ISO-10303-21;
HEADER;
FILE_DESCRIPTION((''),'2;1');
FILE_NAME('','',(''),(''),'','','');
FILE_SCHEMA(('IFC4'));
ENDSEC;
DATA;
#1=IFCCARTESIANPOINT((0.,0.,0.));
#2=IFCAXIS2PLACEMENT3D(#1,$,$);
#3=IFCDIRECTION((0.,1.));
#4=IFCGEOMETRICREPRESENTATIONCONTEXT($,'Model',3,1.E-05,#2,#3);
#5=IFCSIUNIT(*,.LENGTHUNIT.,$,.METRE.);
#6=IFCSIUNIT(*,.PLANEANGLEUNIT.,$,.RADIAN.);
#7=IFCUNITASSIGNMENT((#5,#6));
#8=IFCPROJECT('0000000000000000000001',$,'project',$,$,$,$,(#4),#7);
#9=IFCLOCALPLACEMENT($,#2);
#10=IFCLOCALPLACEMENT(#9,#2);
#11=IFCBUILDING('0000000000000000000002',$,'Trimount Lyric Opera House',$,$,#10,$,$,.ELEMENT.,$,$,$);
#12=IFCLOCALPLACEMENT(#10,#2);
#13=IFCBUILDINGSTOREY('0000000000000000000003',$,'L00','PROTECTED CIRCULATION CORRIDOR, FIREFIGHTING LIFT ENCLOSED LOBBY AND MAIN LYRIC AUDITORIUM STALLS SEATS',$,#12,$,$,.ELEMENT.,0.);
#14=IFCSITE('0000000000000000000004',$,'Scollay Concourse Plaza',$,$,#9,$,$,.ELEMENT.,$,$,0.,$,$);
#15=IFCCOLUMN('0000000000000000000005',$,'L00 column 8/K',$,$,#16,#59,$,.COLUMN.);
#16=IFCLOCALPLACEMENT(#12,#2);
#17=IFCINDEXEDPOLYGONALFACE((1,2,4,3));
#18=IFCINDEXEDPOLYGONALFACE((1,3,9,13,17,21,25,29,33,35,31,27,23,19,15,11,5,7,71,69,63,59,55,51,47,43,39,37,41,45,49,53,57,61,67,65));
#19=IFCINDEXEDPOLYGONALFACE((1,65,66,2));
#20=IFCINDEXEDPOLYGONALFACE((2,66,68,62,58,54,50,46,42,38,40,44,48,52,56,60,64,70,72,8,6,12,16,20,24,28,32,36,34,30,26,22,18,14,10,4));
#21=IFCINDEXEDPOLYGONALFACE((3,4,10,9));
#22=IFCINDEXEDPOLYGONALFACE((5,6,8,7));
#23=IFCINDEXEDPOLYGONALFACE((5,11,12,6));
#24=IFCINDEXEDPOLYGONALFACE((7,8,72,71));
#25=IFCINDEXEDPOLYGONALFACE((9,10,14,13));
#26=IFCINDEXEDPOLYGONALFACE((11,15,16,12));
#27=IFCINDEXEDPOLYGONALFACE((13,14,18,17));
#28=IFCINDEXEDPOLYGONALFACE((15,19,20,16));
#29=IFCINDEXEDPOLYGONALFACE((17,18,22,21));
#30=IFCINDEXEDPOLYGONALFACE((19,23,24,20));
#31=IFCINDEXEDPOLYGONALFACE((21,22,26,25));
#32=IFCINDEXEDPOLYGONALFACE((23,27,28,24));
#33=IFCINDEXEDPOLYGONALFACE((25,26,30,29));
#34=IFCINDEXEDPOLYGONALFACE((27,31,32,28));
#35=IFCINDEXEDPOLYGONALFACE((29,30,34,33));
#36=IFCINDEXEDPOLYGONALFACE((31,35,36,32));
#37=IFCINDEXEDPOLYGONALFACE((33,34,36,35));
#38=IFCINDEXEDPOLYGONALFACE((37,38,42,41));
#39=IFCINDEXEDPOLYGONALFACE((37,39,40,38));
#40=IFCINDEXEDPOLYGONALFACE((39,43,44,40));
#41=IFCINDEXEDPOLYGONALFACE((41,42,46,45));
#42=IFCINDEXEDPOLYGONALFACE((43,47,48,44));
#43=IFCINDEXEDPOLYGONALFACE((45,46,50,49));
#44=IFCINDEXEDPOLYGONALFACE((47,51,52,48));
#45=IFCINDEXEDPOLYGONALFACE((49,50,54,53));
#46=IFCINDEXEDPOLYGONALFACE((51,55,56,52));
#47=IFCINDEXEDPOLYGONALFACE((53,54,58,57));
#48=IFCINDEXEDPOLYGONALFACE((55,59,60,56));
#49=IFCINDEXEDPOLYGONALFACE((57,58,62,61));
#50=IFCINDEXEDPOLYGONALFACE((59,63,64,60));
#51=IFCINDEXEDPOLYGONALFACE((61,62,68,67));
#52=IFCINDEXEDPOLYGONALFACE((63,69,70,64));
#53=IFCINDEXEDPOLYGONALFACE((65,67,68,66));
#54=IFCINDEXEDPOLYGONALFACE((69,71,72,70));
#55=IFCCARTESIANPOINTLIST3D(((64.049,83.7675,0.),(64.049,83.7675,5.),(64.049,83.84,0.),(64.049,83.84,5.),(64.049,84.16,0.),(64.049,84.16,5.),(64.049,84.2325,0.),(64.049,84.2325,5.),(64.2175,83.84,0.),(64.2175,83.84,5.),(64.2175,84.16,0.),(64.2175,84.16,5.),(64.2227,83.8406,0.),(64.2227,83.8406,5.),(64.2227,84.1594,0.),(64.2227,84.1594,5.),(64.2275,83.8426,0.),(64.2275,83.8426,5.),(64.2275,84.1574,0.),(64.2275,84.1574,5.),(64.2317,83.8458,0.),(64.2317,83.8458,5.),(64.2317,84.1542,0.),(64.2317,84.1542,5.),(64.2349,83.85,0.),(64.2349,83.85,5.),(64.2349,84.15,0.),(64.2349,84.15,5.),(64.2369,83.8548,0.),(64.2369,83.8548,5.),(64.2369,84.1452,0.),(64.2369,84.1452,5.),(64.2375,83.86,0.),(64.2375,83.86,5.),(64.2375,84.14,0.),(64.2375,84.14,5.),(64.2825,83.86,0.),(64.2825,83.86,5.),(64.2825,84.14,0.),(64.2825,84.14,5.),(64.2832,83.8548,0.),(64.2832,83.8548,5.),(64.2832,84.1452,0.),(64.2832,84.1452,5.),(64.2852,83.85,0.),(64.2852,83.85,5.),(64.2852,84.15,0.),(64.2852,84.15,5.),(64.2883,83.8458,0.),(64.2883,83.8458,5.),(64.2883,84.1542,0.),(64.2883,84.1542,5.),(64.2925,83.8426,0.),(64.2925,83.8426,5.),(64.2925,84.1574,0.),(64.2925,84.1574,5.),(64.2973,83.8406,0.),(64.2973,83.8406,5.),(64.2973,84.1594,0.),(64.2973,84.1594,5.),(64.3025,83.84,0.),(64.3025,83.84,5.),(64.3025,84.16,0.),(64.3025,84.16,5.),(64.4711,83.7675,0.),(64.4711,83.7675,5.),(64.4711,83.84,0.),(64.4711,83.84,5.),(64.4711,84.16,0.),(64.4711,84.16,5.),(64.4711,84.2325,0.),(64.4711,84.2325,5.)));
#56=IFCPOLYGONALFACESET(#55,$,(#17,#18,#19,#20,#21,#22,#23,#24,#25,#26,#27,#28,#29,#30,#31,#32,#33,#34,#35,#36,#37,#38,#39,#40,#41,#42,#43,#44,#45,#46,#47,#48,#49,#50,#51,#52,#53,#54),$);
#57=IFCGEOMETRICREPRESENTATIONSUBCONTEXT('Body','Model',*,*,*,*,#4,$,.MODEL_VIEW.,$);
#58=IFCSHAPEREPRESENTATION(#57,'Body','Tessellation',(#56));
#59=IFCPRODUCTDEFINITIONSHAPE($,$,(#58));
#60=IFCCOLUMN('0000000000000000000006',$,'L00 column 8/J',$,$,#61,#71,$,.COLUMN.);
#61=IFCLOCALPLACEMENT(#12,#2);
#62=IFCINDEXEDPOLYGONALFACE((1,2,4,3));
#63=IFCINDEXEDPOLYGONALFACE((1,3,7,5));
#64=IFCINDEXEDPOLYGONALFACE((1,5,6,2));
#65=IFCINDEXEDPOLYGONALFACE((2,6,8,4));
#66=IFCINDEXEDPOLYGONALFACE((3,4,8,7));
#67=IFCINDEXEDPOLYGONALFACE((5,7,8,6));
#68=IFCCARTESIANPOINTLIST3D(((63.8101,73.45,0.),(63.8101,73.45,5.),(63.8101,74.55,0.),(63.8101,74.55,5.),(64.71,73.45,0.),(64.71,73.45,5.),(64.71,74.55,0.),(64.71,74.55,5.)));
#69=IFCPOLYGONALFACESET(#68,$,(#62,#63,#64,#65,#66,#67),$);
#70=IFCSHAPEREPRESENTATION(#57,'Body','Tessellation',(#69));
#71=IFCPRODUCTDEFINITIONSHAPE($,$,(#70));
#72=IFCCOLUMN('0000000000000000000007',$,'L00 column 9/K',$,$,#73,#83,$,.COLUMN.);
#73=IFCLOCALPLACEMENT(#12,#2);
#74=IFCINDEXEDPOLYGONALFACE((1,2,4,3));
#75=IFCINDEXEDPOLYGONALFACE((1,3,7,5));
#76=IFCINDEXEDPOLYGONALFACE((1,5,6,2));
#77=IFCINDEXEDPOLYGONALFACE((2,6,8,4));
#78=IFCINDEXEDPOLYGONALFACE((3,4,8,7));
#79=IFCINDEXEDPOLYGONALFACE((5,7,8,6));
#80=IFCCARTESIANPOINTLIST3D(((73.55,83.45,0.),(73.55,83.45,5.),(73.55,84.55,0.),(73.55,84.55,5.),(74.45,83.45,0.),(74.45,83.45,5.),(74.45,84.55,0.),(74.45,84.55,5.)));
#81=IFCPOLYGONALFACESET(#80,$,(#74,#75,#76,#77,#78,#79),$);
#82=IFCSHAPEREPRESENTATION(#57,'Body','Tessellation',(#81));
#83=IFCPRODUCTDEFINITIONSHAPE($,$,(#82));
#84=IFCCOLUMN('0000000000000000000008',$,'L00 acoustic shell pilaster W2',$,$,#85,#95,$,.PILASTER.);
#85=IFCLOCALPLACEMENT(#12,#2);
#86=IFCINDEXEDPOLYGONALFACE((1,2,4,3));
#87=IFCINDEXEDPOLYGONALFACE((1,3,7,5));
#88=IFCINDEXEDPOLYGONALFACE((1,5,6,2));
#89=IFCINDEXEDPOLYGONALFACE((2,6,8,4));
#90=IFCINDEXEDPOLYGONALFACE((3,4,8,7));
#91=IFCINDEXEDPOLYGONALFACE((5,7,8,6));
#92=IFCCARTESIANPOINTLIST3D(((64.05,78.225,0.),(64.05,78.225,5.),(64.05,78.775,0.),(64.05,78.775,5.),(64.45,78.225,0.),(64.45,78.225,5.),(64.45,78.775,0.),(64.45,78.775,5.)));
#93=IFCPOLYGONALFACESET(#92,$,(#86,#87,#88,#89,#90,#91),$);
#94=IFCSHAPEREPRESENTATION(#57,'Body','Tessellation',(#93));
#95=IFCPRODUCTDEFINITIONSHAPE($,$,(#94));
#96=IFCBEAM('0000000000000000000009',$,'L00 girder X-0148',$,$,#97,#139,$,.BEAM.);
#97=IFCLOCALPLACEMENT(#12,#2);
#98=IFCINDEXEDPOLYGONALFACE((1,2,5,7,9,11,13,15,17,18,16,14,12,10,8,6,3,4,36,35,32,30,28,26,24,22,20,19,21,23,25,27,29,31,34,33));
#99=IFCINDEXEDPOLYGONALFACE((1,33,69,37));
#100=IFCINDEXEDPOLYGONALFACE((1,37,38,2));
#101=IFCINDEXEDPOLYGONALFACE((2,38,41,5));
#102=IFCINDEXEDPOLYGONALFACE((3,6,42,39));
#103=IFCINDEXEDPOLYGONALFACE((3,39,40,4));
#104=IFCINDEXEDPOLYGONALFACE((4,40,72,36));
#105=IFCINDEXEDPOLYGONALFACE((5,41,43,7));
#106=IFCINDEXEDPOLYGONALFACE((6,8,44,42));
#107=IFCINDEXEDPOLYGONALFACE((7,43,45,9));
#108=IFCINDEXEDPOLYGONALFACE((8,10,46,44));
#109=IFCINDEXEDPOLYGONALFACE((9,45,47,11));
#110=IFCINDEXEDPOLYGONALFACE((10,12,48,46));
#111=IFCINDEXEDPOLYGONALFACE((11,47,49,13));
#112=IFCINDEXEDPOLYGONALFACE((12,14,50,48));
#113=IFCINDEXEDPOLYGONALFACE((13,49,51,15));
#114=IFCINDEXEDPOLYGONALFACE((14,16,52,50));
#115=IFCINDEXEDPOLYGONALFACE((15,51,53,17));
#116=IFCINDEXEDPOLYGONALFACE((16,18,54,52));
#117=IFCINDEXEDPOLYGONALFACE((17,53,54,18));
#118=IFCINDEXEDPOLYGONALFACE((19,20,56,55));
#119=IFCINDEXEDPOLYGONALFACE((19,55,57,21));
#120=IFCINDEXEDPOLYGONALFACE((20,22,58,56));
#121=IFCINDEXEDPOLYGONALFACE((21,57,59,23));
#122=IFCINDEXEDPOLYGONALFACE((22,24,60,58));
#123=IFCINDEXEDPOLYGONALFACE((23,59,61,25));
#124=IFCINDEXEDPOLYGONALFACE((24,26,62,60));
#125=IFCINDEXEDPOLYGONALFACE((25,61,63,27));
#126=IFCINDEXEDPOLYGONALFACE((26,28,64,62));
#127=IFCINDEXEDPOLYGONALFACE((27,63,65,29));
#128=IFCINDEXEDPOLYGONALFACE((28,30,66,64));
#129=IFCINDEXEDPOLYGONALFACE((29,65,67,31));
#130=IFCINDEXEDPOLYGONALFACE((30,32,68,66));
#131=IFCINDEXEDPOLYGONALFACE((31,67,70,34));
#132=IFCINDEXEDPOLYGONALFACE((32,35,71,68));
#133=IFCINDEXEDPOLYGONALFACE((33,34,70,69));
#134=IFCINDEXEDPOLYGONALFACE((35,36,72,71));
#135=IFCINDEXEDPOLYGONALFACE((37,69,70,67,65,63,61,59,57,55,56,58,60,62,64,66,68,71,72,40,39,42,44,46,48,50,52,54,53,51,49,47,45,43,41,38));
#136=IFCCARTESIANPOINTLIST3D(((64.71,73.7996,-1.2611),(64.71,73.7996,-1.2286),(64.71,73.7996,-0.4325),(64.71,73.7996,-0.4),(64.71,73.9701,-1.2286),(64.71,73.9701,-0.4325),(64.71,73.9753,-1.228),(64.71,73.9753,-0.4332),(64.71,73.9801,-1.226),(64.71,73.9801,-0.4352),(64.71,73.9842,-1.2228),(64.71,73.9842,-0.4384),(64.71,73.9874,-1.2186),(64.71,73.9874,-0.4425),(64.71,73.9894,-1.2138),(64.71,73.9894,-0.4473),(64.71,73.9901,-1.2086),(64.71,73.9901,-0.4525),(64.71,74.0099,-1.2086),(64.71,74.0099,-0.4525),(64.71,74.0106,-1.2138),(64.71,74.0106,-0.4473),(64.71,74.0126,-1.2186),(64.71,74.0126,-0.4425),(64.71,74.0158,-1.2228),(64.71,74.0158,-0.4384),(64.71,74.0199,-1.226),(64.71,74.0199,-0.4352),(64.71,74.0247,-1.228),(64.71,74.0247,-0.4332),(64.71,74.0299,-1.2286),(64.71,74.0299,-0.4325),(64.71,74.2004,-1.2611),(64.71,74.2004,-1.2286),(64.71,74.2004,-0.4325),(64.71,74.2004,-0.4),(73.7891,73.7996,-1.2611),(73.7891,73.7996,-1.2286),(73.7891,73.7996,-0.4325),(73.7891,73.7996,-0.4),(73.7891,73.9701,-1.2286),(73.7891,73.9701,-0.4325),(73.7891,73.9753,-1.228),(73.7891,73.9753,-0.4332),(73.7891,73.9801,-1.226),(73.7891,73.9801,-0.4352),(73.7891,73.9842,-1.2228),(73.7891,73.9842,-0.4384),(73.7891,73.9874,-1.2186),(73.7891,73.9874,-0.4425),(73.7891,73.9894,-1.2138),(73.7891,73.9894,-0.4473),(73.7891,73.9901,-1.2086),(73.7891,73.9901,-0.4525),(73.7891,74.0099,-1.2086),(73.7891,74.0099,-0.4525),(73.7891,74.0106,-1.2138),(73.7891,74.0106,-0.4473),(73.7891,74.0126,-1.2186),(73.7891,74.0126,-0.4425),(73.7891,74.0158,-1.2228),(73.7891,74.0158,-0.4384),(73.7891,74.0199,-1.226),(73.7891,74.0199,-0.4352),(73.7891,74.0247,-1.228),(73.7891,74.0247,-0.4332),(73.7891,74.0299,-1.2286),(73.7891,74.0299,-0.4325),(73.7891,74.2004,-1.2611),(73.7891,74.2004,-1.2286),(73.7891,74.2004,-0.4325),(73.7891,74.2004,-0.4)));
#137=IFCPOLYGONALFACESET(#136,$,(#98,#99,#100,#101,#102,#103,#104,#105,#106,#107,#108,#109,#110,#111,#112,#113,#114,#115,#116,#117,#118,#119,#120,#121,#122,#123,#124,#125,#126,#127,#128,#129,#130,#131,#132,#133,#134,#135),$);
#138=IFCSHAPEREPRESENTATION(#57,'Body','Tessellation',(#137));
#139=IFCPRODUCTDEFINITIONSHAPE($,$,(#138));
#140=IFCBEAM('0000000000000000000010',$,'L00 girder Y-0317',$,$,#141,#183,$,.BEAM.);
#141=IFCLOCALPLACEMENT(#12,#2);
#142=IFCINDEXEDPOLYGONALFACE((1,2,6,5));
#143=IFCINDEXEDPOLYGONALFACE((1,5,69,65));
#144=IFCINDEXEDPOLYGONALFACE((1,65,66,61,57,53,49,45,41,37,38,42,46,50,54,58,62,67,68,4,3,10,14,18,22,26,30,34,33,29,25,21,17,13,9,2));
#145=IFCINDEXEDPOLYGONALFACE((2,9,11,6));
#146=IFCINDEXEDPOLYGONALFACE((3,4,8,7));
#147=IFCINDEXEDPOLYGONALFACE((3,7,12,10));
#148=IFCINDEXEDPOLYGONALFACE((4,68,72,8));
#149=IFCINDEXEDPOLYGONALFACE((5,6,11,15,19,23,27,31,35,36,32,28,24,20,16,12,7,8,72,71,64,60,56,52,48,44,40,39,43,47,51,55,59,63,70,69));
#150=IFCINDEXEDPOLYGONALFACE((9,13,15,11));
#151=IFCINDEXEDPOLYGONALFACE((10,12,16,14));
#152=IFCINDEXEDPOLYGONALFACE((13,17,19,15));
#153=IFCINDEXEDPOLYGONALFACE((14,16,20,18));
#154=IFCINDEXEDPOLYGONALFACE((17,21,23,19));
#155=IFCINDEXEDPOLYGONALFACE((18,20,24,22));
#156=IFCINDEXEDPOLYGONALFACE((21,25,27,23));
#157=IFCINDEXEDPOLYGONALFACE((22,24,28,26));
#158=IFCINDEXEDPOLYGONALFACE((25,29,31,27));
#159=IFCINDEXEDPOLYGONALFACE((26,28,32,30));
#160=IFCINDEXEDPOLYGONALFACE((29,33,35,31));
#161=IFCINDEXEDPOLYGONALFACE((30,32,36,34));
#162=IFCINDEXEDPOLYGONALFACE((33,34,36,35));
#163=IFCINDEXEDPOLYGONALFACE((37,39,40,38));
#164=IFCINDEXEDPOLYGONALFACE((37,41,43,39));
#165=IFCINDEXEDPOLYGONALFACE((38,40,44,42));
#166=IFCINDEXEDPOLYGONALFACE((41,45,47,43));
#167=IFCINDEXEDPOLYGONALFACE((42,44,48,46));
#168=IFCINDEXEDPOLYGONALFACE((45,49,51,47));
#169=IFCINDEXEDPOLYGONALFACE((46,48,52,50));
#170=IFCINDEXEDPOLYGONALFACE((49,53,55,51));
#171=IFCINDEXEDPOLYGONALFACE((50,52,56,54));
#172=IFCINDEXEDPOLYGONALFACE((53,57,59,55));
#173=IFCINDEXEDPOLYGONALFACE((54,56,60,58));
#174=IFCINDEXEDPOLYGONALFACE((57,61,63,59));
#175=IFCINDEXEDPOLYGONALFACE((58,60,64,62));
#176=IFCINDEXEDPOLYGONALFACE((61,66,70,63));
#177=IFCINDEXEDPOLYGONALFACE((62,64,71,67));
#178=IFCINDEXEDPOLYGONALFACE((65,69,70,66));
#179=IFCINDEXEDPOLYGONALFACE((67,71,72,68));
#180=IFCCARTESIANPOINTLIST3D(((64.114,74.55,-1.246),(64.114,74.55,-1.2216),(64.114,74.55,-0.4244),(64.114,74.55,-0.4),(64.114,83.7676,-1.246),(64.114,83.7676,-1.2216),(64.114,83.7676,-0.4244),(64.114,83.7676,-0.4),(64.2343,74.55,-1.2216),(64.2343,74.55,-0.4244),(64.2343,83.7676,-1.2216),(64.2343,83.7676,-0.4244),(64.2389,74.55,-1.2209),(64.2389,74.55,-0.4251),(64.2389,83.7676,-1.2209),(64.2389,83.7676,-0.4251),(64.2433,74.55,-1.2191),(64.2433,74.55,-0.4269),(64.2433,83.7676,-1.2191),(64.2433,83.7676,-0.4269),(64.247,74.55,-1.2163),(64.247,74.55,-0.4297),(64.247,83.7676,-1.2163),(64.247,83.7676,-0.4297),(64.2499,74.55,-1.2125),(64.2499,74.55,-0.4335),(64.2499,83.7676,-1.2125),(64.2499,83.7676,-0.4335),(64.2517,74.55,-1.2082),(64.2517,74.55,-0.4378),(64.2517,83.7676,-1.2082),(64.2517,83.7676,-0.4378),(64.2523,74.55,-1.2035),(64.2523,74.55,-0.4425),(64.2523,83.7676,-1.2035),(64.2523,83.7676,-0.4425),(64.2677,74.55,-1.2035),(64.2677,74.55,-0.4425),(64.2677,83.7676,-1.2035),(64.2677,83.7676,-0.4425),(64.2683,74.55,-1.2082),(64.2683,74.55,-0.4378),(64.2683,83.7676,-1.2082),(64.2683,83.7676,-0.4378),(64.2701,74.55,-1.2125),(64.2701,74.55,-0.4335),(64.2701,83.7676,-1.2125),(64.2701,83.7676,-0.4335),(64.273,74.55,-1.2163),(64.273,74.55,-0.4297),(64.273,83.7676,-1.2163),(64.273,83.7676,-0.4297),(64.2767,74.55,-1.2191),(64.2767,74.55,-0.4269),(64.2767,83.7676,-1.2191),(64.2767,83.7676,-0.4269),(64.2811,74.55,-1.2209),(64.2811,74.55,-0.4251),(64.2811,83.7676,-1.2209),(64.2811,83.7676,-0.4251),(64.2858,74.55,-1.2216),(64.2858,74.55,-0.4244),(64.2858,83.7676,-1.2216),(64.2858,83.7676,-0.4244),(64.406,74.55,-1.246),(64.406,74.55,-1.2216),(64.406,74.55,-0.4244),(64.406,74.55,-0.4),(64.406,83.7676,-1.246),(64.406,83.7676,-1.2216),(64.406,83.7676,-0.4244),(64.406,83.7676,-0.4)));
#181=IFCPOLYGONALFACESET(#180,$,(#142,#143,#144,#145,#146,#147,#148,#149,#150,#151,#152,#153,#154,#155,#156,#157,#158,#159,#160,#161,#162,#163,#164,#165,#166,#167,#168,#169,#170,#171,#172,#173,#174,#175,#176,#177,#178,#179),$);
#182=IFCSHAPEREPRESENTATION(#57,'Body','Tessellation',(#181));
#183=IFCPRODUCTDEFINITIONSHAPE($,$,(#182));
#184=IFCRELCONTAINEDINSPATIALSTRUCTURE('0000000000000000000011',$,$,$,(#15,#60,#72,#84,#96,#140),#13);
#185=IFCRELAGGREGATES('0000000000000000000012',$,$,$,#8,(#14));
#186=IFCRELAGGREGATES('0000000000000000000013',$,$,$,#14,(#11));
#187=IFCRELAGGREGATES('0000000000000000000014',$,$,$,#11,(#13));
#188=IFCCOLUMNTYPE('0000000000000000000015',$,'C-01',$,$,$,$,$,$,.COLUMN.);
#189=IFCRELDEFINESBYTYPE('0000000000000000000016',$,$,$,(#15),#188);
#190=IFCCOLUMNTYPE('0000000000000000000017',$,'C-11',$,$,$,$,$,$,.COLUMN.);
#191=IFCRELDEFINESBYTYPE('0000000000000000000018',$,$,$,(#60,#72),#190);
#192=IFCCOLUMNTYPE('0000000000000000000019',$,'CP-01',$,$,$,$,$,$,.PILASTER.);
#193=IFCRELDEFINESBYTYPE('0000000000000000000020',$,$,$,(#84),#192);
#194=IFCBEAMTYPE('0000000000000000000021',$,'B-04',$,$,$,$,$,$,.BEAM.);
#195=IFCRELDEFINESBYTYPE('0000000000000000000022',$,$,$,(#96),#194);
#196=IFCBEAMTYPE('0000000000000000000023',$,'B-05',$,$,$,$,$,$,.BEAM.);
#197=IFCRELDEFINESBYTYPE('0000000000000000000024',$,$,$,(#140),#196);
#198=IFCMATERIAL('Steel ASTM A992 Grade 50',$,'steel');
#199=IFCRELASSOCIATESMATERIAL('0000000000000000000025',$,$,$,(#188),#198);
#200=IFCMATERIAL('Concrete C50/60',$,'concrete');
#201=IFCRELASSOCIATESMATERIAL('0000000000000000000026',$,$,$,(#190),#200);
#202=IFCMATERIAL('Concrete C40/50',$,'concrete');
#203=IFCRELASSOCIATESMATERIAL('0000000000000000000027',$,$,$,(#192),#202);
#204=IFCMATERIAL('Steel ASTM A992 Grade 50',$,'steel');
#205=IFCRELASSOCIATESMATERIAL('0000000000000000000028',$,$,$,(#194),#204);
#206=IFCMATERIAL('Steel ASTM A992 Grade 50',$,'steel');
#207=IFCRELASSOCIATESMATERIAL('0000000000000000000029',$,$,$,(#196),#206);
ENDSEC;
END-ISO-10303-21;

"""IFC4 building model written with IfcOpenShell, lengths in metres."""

from ifc_helpers import new_model, si_unit, direction, frame, origin, origin_2d, place, context, subcontext, project, spatial, rectangle, i_section, extrude, material, material_profile, profile_set, type_object, element, save


model = new_model("IFC4")

# Units and contexts
model_context = context("Model", 3, precision=1e-05, world=origin(), true_north=direction((0.0, 1.0)))
body_context = subcontext(model_context, "Body", "Model", "MODEL_VIEW")
ifc_project = project(units=[si_unit("LENGTHUNIT", "METRE"), si_unit("PLANEANGLEUNIT", "RADIAN")], contexts=[model_context])

# Site, building, storey
site_placement = place(None, origin())
site = spatial("IfcSite", under=ifc_project, at=site_placement, Name="Scollay Concourse Plaza", CompositionType="ELEMENT", RefElevation=0.0)
building_placement = place(site_placement, origin())
building = spatial("IfcBuilding", under=site, at=building_placement, Name="Trimount Lyric Opera House", CompositionType="ELEMENT")
storey_placement = place(building_placement, origin())
storey = spatial("IfcBuildingStorey", under=building, at=storey_placement, Name="L00", Description="PROTECTED CIRCULATION CORRIDOR, FIREFIGHTING LIFT ENCLOSED LOBBY AND MAIN LYRIC AUDITORIUM STALLS SEATS", CompositionType="ELEMENT", Elevation=0.0)

# Columns
ifc_material_1 = material(Name="Steel ASTM A992 Grade 50", Category="steel")
ifc_material_profile_1 = material_profile(ifc_material_1, i_section(OverallWidth=0.4221, OverallDepth=0.4651, WebThickness=0.0449, FlangeThickness=0.0725, FilletRadius=0.02, at=origin_2d()), Name="W14X398")
ifc_profile_set_1 = profile_set([ifc_material_profile_1], Name="Steel ASTM A992 Grade 50")
column_type_1 = type_object("IfcColumnType", Name="C-01", PredefinedType="COLUMN", material=ifc_profile_set_1)
column_1_placement = place(storey_placement, frame((64.26, 84.0, 0.0), z_axis=(0.0, 0.0, 1.0), x_axis=(1.0, 0.0, 0.0)))
element("IfcColumn", 1, at=column_1_placement, inside=storey, type_object=column_type_1, Name="L00 column 8/K", PredefinedType="COLUMN", context=body_context, shape_type="SweptSolid", body=[
    extrude(i_section(OverallWidth=0.4221, OverallDepth=0.4651, WebThickness=0.0449, FlangeThickness=0.0725, FilletRadius=0.02, at=origin_2d()), origin(), (0.0, 0.0, 1.0), 5.0),
])
ifc_material_2 = material(Name="Concrete C50/60", Category="concrete")
ifc_material_profile_2 = material_profile(ifc_material_2, rectangle(XDim=0.8999, YDim=1.1001, at=origin_2d()), Name="RC1100X900")
ifc_profile_set_2 = profile_set([ifc_material_profile_2], Name="Concrete C50/60")
column_type_2 = type_object("IfcColumnType", Name="C-11", PredefinedType="COLUMN", material=ifc_profile_set_2)
for number, where, z_axis, x_axis, name in (
    (2, (64.26, 74.0, 0.0), (0.0, 0.0, 1.0), (1.0, 0.0, 0.0), "L00 column 8/J"),
    (3, (74.0, 84.0, 0.0), (0.0, 0.0, 1.0), (1.0, 0.0, 0.0), "L00 column 9/K"),
):
    element("IfcColumn", number, at=place(storey_placement, frame(where, z_axis=z_axis, x_axis=x_axis)), inside=storey, type_object=column_type_2, Name=name, PredefinedType="COLUMN", context=body_context, shape_type="SweptSolid", body=[
        extrude(rectangle(XDim=0.8999, YDim=1.1001, at=origin_2d()), origin(), (0.0, 0.0, 1.0), 5.0),
    ])
ifc_material_3 = material(Name="Concrete C40/50", Category="concrete")
ifc_material_profile_3 = material_profile(ifc_material_3, rectangle(XDim=0.3999, YDim=0.55, at=origin_2d()), Name="RC550X400")
ifc_profile_set_3 = profile_set([ifc_material_profile_3], Name="Concrete C40/50")
column_type_3 = type_object("IfcColumnType", Name="CP-01", PredefinedType="PILASTER", material=ifc_profile_set_3)
column_2_placement = place(storey_placement, frame((64.25, 78.5, 0.0), z_axis=(0.0, 0.0, 1.0), x_axis=(1.0, 0.0, 0.0)))
element("IfcColumn", 4, at=column_2_placement, inside=storey, type_object=column_type_3, Name="L00 acoustic shell pilaster W2", PredefinedType="PILASTER", context=body_context, shape_type="SweptSolid", body=[
    extrude(rectangle(XDim=0.3999, YDim=0.55, at=origin_2d()), origin(), (0.0, 0.0, 1.0), 5.0),
])

# Beams
ifc_material_4 = material(Name="Steel ASTM A992 Grade 50", Category="steel")
ifc_material_profile_4 = material_profile(ifc_material_4, i_section(OverallWidth=0.4009, OverallDepth=0.8611, WebThickness=0.0198, FlangeThickness=0.0325, FilletRadius=0.02, at=origin_2d()), Name="W33X221")
ifc_profile_set_4 = profile_set([ifc_material_profile_4], Name="Steel ASTM A992 Grade 50")
beam_type_1 = type_object("IfcBeamType", Name="B-04", PredefinedType="BEAM", material=ifc_profile_set_4)
beam_1_placement = place(storey_placement, frame((64.71, 74.0, -0.8306), z_axis=(1.0, 0.0, 0.0), x_axis=(0.0, 1.0, 0.0)))
element("IfcBeam", 5, at=beam_1_placement, inside=storey, type_object=beam_type_1, Name="L00 girder X-0148", PredefinedType="BEAM", context=body_context, shape_type="SweptSolid", body=[
    extrude(i_section(OverallWidth=0.4009, OverallDepth=0.8611, WebThickness=0.0198, FlangeThickness=0.0325, FilletRadius=0.02, at=origin_2d()), origin(), (0.0, 0.0, 1.0), 9.0791),
])
ifc_material_5 = material(Name="Steel ASTM A992 Grade 50", Category="steel")
ifc_material_profile_5 = material_profile(ifc_material_5, i_section(OverallWidth=0.292, OverallDepth=0.8459, WebThickness=0.0154, FlangeThickness=0.0244, FilletRadius=0.0181, at=origin_2d()), Name="W33X141")
ifc_profile_set_5 = profile_set([ifc_material_profile_5], Name="Steel ASTM A992 Grade 50")
beam_type_2 = type_object("IfcBeamType", Name="B-05", PredefinedType="BEAM", material=ifc_profile_set_5)
beam_2_placement = place(storey_placement, frame((64.26, 74.55, -0.823), z_axis=(0.0, 1.0, 0.0), x_axis=(-1.0, 0.0, 0.0)))
element("IfcBeam", 6, at=beam_2_placement, inside=storey, type_object=beam_type_2, Name="L00 girder Y-0317", PredefinedType="BEAM", context=body_context, shape_type="SweptSolid", body=[
    extrude(i_section(OverallWidth=0.292, OverallDepth=0.8459, WebThickness=0.0154, FlangeThickness=0.0244, FilletRadius=0.0181, at=origin_2d()), origin(), (0.0, 0.0, 1.0), 9.2175),
])

save(model, "model.ifc")
